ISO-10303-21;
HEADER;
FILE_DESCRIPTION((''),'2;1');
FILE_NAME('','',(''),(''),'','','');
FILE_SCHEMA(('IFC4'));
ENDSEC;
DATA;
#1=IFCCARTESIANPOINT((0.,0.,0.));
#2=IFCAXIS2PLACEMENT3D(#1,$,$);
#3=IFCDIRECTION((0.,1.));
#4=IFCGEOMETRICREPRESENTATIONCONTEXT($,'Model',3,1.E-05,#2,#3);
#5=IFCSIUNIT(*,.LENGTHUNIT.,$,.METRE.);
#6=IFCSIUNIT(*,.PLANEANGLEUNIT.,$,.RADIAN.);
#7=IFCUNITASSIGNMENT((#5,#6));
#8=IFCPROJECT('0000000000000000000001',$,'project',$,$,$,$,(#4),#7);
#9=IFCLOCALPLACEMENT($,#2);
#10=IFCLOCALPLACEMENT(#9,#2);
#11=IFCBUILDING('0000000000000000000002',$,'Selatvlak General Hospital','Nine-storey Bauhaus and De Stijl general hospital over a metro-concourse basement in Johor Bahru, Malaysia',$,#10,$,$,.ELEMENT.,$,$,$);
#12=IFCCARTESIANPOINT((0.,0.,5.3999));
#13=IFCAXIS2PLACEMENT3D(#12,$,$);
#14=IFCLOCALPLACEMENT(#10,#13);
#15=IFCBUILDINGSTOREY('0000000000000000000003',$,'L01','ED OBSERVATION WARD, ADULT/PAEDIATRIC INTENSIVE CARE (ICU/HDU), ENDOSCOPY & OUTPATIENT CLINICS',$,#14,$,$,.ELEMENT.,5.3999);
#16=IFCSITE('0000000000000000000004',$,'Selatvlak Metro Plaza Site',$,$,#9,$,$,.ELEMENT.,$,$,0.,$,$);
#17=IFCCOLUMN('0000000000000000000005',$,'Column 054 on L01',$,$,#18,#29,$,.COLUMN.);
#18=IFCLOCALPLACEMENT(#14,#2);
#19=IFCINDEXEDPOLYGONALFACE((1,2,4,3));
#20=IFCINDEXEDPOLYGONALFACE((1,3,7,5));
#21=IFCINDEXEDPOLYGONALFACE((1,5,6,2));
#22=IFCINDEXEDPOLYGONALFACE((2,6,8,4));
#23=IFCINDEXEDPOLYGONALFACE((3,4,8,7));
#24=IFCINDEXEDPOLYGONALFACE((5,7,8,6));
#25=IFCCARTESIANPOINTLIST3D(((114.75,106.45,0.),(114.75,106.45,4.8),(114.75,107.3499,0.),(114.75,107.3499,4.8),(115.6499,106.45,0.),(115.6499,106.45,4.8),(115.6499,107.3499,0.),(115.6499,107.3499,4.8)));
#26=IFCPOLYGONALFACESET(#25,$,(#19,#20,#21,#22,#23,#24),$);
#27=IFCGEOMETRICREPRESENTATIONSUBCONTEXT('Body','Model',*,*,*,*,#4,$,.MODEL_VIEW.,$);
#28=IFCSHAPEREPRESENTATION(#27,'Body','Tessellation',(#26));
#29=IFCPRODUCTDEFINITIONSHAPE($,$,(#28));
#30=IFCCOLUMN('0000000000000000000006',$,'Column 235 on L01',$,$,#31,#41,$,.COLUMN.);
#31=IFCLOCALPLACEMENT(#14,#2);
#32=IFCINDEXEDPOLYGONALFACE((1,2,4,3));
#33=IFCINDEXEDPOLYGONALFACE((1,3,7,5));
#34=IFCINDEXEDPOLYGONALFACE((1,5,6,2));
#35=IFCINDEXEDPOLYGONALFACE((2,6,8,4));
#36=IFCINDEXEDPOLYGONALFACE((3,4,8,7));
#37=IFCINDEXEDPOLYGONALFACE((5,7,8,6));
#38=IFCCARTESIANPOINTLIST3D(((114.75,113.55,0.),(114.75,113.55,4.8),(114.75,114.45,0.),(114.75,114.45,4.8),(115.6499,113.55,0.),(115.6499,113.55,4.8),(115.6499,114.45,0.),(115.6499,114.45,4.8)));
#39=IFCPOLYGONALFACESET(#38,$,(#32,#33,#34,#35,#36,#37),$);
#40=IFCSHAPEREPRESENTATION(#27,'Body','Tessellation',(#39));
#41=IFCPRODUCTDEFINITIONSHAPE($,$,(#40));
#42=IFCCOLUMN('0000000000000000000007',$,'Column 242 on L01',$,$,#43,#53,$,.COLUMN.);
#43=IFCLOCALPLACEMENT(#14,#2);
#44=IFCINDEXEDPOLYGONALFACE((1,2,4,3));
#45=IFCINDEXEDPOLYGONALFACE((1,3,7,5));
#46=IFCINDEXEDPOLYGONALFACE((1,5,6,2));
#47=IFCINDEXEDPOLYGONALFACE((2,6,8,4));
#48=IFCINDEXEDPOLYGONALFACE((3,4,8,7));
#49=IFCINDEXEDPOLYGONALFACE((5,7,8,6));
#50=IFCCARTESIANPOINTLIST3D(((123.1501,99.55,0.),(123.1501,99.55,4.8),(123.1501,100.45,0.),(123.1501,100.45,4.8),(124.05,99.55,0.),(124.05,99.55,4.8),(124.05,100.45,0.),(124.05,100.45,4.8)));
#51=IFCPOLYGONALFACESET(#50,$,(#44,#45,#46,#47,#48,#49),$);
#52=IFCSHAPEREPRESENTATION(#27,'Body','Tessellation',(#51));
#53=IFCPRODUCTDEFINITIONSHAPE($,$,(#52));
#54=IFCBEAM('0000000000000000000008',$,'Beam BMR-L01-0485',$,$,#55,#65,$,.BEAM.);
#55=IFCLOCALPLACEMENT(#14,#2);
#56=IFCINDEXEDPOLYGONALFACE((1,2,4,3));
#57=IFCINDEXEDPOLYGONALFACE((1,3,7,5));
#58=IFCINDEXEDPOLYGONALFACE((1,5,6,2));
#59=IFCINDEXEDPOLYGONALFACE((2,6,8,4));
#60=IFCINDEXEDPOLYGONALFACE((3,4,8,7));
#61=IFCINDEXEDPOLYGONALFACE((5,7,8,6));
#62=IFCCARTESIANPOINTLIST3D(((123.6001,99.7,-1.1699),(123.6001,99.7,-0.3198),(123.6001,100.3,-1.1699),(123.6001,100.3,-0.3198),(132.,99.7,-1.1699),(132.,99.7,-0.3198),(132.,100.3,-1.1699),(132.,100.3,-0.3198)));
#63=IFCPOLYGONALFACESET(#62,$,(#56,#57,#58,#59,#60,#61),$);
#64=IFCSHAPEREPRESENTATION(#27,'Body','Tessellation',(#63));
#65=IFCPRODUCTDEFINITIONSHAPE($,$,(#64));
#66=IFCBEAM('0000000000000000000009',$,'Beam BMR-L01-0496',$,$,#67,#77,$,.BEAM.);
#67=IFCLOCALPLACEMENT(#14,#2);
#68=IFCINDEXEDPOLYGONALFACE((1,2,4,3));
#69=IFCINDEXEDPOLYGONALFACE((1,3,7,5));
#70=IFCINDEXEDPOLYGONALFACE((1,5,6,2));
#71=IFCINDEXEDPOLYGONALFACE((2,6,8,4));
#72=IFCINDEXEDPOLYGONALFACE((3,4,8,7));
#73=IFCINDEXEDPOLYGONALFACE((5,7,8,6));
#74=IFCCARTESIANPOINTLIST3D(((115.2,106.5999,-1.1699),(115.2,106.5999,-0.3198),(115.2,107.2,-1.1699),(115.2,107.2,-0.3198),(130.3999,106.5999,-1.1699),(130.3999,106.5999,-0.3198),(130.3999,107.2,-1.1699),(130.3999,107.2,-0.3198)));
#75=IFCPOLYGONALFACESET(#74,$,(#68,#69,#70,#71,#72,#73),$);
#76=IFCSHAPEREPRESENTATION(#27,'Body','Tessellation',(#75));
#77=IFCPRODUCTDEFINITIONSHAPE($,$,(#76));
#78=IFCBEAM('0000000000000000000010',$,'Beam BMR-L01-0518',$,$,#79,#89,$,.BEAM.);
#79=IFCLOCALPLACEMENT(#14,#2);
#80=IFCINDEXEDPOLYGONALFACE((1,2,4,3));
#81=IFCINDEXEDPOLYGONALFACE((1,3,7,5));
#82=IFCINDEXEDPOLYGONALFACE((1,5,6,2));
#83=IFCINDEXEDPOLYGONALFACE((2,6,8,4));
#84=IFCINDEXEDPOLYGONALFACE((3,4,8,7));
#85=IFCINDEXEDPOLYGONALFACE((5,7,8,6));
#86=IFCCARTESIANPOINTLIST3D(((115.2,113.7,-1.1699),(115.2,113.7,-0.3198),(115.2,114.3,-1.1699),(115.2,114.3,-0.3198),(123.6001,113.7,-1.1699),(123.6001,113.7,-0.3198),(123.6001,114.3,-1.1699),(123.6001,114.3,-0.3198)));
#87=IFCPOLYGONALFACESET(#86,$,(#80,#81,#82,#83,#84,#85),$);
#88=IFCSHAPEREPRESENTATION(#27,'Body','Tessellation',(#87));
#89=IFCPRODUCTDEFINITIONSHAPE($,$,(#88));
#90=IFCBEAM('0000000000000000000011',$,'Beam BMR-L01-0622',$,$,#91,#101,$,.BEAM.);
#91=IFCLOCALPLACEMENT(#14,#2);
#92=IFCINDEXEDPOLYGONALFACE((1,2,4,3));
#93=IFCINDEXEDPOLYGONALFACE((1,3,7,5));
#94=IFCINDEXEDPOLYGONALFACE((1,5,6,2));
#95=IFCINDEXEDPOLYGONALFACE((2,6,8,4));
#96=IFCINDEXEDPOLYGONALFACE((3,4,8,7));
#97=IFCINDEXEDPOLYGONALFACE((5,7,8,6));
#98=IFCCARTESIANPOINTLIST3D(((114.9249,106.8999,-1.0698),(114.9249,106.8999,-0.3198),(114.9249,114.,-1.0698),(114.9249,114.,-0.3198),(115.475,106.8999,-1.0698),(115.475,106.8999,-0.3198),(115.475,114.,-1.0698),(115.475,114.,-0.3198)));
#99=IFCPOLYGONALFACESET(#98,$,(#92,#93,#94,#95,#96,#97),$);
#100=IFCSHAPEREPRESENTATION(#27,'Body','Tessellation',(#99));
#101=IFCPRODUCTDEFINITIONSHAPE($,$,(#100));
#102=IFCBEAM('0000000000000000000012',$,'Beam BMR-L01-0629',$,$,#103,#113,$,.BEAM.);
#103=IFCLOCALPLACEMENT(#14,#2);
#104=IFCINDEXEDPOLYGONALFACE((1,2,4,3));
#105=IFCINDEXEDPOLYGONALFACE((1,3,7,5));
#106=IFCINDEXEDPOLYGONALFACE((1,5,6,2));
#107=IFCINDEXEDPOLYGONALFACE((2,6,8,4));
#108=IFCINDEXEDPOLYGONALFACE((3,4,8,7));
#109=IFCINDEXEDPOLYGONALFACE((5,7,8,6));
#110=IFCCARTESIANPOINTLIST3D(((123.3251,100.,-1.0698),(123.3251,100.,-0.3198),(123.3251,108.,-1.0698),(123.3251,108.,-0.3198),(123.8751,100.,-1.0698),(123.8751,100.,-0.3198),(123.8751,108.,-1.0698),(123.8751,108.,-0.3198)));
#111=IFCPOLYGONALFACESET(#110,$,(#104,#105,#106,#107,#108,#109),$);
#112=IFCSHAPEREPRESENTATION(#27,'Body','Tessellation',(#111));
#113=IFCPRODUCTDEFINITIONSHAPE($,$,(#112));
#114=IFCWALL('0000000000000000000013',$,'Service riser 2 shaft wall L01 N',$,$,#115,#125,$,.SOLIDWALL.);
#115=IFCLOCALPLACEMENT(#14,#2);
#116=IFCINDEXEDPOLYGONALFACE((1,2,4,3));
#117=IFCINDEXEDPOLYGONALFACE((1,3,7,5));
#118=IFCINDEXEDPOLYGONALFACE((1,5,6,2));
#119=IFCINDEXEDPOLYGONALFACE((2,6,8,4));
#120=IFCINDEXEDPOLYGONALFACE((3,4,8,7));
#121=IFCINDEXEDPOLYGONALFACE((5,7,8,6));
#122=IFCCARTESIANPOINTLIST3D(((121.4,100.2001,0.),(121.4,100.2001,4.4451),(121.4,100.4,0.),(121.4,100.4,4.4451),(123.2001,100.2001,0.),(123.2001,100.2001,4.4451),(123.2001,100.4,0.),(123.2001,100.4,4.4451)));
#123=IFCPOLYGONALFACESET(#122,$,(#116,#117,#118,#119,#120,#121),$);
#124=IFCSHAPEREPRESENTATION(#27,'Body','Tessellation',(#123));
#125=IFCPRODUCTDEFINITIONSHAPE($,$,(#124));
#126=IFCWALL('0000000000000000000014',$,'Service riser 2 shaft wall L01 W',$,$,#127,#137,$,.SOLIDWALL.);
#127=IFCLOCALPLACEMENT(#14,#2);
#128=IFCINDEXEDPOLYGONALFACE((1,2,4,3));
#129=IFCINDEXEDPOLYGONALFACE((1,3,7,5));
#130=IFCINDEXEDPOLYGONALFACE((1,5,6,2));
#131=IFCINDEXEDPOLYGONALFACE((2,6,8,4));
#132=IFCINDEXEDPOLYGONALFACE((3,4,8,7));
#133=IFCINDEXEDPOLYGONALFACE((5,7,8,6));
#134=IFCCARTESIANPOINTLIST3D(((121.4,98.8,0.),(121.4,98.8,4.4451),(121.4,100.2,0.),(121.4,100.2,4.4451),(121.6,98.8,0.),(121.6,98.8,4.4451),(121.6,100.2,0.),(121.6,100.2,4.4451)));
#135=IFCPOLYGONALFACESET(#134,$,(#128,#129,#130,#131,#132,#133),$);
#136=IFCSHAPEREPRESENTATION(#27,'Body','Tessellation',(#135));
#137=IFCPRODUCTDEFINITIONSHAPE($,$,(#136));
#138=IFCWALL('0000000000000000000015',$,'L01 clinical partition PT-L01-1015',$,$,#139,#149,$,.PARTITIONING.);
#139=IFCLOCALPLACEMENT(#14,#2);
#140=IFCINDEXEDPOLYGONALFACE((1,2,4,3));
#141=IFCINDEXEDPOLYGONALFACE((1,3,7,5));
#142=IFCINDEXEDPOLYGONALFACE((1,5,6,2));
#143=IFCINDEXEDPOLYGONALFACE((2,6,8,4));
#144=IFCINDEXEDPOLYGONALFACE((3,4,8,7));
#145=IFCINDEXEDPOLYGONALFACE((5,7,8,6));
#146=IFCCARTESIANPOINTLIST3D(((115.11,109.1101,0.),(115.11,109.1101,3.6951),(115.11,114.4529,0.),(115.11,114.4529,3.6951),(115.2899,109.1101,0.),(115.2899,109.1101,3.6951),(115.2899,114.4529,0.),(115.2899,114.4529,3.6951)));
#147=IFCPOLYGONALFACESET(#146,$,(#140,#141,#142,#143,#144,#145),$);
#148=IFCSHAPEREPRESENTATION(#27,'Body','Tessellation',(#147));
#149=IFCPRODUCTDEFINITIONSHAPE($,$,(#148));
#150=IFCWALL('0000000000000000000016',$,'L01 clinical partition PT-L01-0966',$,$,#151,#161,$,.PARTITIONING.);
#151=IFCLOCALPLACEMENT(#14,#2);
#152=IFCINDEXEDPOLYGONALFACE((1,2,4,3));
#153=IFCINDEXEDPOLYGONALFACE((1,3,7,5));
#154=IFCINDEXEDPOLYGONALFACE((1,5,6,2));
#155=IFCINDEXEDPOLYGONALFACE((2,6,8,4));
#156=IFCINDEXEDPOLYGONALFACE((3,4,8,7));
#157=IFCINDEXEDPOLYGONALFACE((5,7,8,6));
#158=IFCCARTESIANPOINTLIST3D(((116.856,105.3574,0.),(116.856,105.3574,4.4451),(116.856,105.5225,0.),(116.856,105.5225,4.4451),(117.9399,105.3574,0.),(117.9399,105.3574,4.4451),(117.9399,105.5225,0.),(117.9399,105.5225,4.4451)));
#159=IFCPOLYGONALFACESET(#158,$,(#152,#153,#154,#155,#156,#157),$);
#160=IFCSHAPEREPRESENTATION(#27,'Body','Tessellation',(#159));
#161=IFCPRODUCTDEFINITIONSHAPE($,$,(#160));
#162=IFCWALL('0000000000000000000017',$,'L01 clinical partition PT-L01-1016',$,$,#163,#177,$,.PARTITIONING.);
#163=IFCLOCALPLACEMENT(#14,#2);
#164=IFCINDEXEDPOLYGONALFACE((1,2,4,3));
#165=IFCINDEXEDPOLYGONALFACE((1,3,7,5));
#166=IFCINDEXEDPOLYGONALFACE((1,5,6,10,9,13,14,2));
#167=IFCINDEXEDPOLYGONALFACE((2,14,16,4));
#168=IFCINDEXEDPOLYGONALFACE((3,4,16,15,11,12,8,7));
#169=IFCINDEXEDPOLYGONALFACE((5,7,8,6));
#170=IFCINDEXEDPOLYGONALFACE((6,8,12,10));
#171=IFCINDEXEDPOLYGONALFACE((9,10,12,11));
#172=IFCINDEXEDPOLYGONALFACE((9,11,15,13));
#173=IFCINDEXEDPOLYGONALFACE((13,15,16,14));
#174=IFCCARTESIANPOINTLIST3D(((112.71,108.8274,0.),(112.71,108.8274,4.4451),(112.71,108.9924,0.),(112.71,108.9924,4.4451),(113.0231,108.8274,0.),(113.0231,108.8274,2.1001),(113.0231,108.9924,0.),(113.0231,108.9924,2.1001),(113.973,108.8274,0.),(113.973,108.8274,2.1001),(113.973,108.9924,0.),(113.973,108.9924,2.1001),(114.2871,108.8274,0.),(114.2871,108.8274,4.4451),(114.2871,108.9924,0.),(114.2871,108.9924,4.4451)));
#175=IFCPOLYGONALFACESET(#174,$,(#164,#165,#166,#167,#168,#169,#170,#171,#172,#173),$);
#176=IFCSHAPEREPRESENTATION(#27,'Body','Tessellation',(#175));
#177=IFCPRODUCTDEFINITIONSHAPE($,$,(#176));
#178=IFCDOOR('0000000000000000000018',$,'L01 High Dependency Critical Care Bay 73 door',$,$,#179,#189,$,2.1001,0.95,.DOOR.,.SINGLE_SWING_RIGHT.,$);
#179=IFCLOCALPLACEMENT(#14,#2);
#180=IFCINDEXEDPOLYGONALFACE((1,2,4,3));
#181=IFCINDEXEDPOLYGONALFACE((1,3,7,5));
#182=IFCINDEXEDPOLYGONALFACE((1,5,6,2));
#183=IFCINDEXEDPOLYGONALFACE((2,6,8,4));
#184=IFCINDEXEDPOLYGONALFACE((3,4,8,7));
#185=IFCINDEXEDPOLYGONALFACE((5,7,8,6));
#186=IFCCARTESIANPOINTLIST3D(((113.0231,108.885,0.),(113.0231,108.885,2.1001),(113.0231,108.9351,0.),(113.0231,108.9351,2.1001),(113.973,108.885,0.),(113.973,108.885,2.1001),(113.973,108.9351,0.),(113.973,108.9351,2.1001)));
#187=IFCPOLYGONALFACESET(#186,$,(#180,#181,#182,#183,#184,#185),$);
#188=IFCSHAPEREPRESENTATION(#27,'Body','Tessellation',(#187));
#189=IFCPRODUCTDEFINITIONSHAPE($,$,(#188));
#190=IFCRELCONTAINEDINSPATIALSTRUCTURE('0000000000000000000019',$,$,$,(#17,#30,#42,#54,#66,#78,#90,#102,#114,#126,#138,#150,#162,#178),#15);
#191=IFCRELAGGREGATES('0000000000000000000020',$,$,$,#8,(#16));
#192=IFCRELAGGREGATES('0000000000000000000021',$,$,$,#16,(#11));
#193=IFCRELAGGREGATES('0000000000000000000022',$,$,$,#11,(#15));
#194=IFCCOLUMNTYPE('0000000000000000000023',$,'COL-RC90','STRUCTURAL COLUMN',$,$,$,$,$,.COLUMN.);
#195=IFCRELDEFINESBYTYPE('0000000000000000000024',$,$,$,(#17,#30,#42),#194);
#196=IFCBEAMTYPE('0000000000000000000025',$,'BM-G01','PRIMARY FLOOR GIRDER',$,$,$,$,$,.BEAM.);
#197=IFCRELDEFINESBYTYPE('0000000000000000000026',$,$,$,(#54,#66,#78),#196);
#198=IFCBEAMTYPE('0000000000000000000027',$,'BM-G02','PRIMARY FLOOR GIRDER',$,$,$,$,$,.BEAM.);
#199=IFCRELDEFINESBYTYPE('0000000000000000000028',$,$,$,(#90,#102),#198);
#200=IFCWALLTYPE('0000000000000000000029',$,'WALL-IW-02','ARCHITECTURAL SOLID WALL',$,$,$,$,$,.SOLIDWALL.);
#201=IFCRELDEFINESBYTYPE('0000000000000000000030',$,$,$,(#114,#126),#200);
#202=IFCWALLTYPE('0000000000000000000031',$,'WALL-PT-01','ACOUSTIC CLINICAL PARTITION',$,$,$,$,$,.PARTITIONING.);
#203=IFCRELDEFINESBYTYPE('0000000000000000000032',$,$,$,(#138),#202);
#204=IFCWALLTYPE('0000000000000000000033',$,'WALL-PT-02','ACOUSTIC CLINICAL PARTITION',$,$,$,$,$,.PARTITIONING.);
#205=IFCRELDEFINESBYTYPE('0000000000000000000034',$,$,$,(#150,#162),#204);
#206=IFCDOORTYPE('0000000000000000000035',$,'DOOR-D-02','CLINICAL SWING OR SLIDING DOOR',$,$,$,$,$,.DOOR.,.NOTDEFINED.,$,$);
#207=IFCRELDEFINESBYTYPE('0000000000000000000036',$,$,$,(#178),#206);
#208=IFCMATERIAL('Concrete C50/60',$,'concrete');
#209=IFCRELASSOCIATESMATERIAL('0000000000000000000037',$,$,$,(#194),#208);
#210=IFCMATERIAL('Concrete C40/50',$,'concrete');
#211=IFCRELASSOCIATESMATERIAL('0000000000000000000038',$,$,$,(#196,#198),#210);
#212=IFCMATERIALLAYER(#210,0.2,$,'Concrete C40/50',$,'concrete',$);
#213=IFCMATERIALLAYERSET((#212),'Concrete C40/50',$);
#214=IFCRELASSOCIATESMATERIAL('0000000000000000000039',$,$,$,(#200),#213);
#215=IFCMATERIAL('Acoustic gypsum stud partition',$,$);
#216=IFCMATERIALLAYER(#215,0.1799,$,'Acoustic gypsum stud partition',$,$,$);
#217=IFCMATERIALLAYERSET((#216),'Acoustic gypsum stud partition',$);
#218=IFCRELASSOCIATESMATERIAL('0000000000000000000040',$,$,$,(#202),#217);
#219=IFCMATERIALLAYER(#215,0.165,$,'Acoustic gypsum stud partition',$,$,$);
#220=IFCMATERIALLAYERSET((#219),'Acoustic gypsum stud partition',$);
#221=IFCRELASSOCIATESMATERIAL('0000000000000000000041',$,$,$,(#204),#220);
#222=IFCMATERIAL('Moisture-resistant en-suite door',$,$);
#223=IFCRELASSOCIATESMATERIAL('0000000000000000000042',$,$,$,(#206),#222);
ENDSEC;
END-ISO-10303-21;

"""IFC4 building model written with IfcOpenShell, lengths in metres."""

from ifc_helpers import new_model, si_unit, direction, frame, frame_2d, origin, origin_2d, place, context, subcontext, project, spatial, rectangle, extrude, material, layer, layer_set, material_profile, profile_set, type_object, element, fill, save


model = new_model("IFC4")

# Units and contexts
model_context = context("Model", 3, precision=1e-05, world=origin(), true_north=direction((0.0, 1.0)))
body_context = subcontext(model_context, "Body", "Model", "MODEL_VIEW")
ifc_project = project(units=[si_unit("LENGTHUNIT", "METRE"), si_unit("PLANEANGLEUNIT", "RADIAN")], contexts=[model_context])

# Site, building, storey
site_placement = place(None, origin())
site = spatial("IfcSite", under=ifc_project, at=site_placement, Name="Selatvlak Metro Plaza Site", CompositionType="ELEMENT", RefElevation=0.0)
building_placement = place(site_placement, origin())
building = spatial("IfcBuilding", under=site, at=building_placement, Name="Selatvlak General Hospital", Description="Nine-storey Bauhaus and De Stijl general hospital over a metro-concourse basement in Johor Bahru, Malaysia", CompositionType="ELEMENT")
storey_placement = place(building_placement, frame((0.0, 0.0, 5.3999)))
storey = spatial("IfcBuildingStorey", under=building, at=storey_placement, Name="L01", Description="ED OBSERVATION WARD, ADULT/PAEDIATRIC INTENSIVE CARE (ICU/HDU), ENDOSCOPY & OUTPATIENT CLINICS", CompositionType="ELEMENT", Elevation=5.3999)

# Columns
ifc_material_1 = material(Name="Concrete C50/60", Category="concrete")
ifc_material_profile_1 = material_profile(ifc_material_1, rectangle(XDim=0.8999, YDim=0.8999, at=origin_2d()), Name="RC-COL 900x900")
ifc_profile_set_1 = profile_set([ifc_material_profile_1], Name="Concrete C50/60")
column_type = type_object("IfcColumnType", Name="COL-RC90", Description="STRUCTURAL COLUMN", PredefinedType="COLUMN", material=ifc_profile_set_1)
for number, where, z_axis, x_axis, name in (
    (1, (115.2, 106.8999, 0.0), (0.0, 0.0, 1.0), (1.0, 0.0, 0.0), "Column 054 on L01"),
    (2, (115.2, 114.0, 0.0), (0.0, 0.0, 1.0), (1.0, 0.0, 0.0), "Column 235 on L01"),
    (3, (123.6001, 100.0, 0.0), (0.0, 0.0, 1.0), (1.0, 0.0, 0.0), "Column 242 on L01"),
):
    element("IfcColumn", number, at=place(storey_placement, frame(where, z_axis=z_axis, x_axis=x_axis)), inside=storey, type_object=column_type, Name=name, PredefinedType="COLUMN", context=body_context, shape_type="SweptSolid", body=[
        extrude(rectangle(XDim=0.8999, YDim=0.8999, at=origin_2d()), origin(), (0.0, 0.0, 1.0), 4.8),
    ])

# Beams
ifc_material_2 = material(Name="Concrete C40/50", Category="concrete")
ifc_material_profile_2 = material_profile(ifc_material_2, rectangle(XDim=0.6001, YDim=0.8501, at=origin_2d()), Name="RC-BM 600x850")
ifc_profile_set_2 = profile_set([ifc_material_profile_2], Name="Concrete C40/50")
beam_type_1 = type_object("IfcBeamType", Name="BM-G01", Description="PRIMARY FLOOR GIRDER", PredefinedType="BEAM", material=ifc_profile_set_2)
beam_1_placement = place(storey_placement, frame((123.6001, 100.0, -0.7449), z_axis=(1.0, 0.0, 0.0), x_axis=(0.0, 1.0, 0.0)))
element("IfcBeam", 4, at=beam_1_placement, inside=storey, type_object=beam_type_1, Name="Beam BMR-L01-0485", PredefinedType="BEAM", context=body_context, shape_type="SweptSolid", body=[
    extrude(rectangle(XDim=0.6001, YDim=0.8501, at=origin_2d()), origin(), (0.0, 0.0, 1.0), 8.3999),
])
beam_2_placement = place(storey_placement, frame((115.2, 106.8999, -0.7449), z_axis=(1.0, 0.0, 0.0), x_axis=(0.0, 1.0, 0.0)))
element("IfcBeam", 5, at=beam_2_placement, inside=storey, type_object=beam_type_1, Name="Beam BMR-L01-0496", PredefinedType="BEAM", context=body_context, shape_type="SweptSolid", body=[
    extrude(rectangle(XDim=0.6001, YDim=0.8501, at=origin_2d()), origin(), (0.0, 0.0, 1.0), 15.2),
])
beam_3_placement = place(storey_placement, frame((115.2, 114.0, -0.7449), z_axis=(1.0, 0.0, 0.0), x_axis=(0.0, 1.0, 0.0)))
element("IfcBeam", 6, at=beam_3_placement, inside=storey, type_object=beam_type_1, Name="Beam BMR-L01-0518", PredefinedType="BEAM", context=body_context, shape_type="SweptSolid", body=[
    extrude(rectangle(XDim=0.6001, YDim=0.8501, at=origin_2d()), origin(), (0.0, 0.0, 1.0), 8.4001),
])
ifc_material_profile_3 = material_profile(ifc_material_2, rectangle(XDim=0.55, YDim=0.75, at=origin_2d()), Name="RC-BM 550x750")
ifc_profile_set_3 = profile_set([ifc_material_profile_3], Name="Concrete C40/50")
beam_type_2 = type_object("IfcBeamType", Name="BM-G02", Description="PRIMARY FLOOR GIRDER", PredefinedType="BEAM", material=ifc_profile_set_3)
beam_4_placement = place(storey_placement, frame((115.2, 106.8999, -0.6948), z_axis=(0.0, 1.0, 0.0), x_axis=(-1.0, 0.0, 0.0)))
element("IfcBeam", 7, at=beam_4_placement, inside=storey, type_object=beam_type_2, Name="Beam BMR-L01-0622", PredefinedType="BEAM", context=body_context, shape_type="SweptSolid", body=[
    extrude(rectangle(XDim=0.55, YDim=0.75, at=origin_2d()), origin(), (0.0, 0.0, 1.0), 7.1001),
])
beam_5_placement = place(storey_placement, frame((123.6001, 100.0, -0.6948), z_axis=(0.0, 1.0, 0.0), x_axis=(-1.0, 0.0, 0.0)))
element("IfcBeam", 8, at=beam_5_placement, inside=storey, type_object=beam_type_2, Name="Beam BMR-L01-0629", PredefinedType="BEAM", context=body_context, shape_type="SweptSolid", body=[
    extrude(rectangle(XDim=0.55, YDim=0.75, at=origin_2d()), origin(), (0.0, 0.0, 1.0), 8.0),
])

# Walls
ifc_layer_1 = layer(ifc_material_2, 0.2, Name="Concrete C40/50", Category="concrete")
ifc_layer_set_1 = layer_set([ifc_layer_1], Name="Concrete C40/50")
wall_type_1 = type_object("IfcWallType", Name="WALL-IW-02", Description="ARCHITECTURAL SOLID WALL", PredefinedType="SOLIDWALL", material=ifc_layer_set_1)
wall_1_placement = place(storey_placement, frame((123.2, 100.3, 0.0), z_axis=(0.0, 0.0, 1.0), x_axis=(-1.0, 0.0, 0.0)))
element("IfcWall", 9, at=wall_1_placement, inside=storey, type_object=wall_type_1, Name="Service riser 2 shaft wall L01 N", PredefinedType="SOLIDWALL", context=body_context, shape_type="SweptSolid", body=[
    extrude(rectangle(XDim=1.8, YDim=0.2, at=frame_2d((0.8999, 0.0))), origin(), (0.0, 0.0, 1.0), 4.4451),
])
wall_2_placement = place(storey_placement, frame((121.5, 100.2, 0.0), z_axis=(0.0, 0.0, 1.0), x_axis=(0.0, -1.0, 0.0)))
element("IfcWall", 10, at=wall_2_placement, inside=storey, type_object=wall_type_1, Name="Service riser 2 shaft wall L01 W", PredefinedType="SOLIDWALL", context=body_context, shape_type="SweptSolid", body=[
    extrude(rectangle(XDim=1.3999, YDim=0.2, at=frame_2d((0.7, 0.0))), origin(), (0.0, 0.0, 1.0), 4.4451),
])
ifc_material_3 = material(Name="Acoustic gypsum stud partition")
ifc_layer_2 = layer(ifc_material_3, 0.1799, Name="Acoustic gypsum stud partition")
ifc_layer_set_2 = layer_set([ifc_layer_2], Name="Acoustic gypsum stud partition")
wall_type_2 = type_object("IfcWallType", Name="WALL-PT-01", Description="ACOUSTIC CLINICAL PARTITION", PredefinedType="PARTITIONING", material=ifc_layer_set_2)
wall_3_placement = place(storey_placement, frame((115.2, 114.4529, 0.0), z_axis=(0.0, 0.0, 1.0), x_axis=(0.0, -1.0, 0.0)))
element("IfcWall", 11, at=wall_3_placement, inside=storey, type_object=wall_type_2, Name="L01 clinical partition PT-L01-1015", PredefinedType="PARTITIONING", context=body_context, shape_type="SweptSolid", body=[
    extrude(rectangle(XDim=5.3428, YDim=0.1799, at=frame_2d((2.6714, 0.0))), origin(), (0.0, 0.0, 1.0), 3.6951),
])
ifc_layer_3 = layer(ifc_material_3, 0.165, Name="Acoustic gypsum stud partition")
ifc_layer_set_3 = layer_set([ifc_layer_3], Name="Acoustic gypsum stud partition")
wall_type_3 = type_object("IfcWallType", Name="WALL-PT-02", Description="ACOUSTIC CLINICAL PARTITION", PredefinedType="PARTITIONING", material=ifc_layer_set_3)
wall_4_placement = place(storey_placement, frame((116.856, 105.4399, 0.0), z_axis=(0.0, 0.0, 1.0), x_axis=(1.0, 0.0, 0.0)))
element("IfcWall", 12, at=wall_4_placement, inside=storey, type_object=wall_type_3, Name="L01 clinical partition PT-L01-0966", PredefinedType="PARTITIONING", context=body_context, shape_type="SweptSolid", body=[
    extrude(rectangle(XDim=1.084, YDim=0.165, at=frame_2d((0.542, 0.0))), origin(), (0.0, 0.0, 1.0), 4.4451),
])

# Wall, opening, door
wall_5_placement = place(storey_placement, frame((114.2871, 108.9099, 0.0), z_axis=(0.0, 0.0, 1.0), x_axis=(-1.0, 0.0, 0.0)))
wall_5 = element("IfcWall", 13, at=wall_5_placement, inside=storey, type_object=wall_type_3, Name="L01 clinical partition PT-L01-1016", PredefinedType="PARTITIONING", context=body_context, shape_type="SweptSolid", body=[
    extrude(rectangle(XDim=1.5771, YDim=0.165, at=frame_2d((0.7886, 0.0))), origin(), (0.0, 0.0, 1.0), 4.4451),
])
opening_1_placement = place(wall_5_placement, frame((0.314, 0.0, 0.0)))
opening_1 = element("IfcOpeningElement", 14, at=opening_1_placement, cuts=wall_5, PredefinedType="OPENING", context=body_context, shape_type="SweptSolid", body=[
    extrude(rectangle(XDim=0.95, YDim=2.1001, at=frame_2d((0.4751, 1.05))), frame((0.0, 0.0925, 0.0), z_axis=(0.0, -1.0, 0.0), x_axis=(1.0, 0.0, 0.0)), (0.0, 0.0, 1.0), 0.1851),
])
ifc_material_4 = material(Name="Moisture-resistant en-suite door")
door_type_1 = type_object("IfcDoorType", Name="DOOR-D-02", Description="CLINICAL SWING OR SLIDING DOOR", OperationType="NOTDEFINED", PredefinedType="DOOR", material=ifc_material_4)
door_1_placement = place(opening_1_placement, origin())
door_1 = element("IfcDoor", 15, at=door_1_placement, inside=storey, type_object=door_type_1, Name="L01 High Dependency Critical Care Bay 73 door", OperationType="SINGLE_SWING_RIGHT", OverallHeight=2.1001, OverallWidth=0.95, PredefinedType="DOOR", context=body_context, shape_type="SweptSolid", body=[
    extrude(rectangle(XDim=0.95, YDim=2.1001, at=frame_2d((0.4751, 1.05))), frame((0.0, 0.0249, 0.0), z_axis=(0.0, -1.0, 0.0), x_axis=(1.0, 0.0, 0.0)), (0.0, 0.0, 1.0), 0.05),
])
fill(opening_1, door_1)

save(model, "model.ifc")
